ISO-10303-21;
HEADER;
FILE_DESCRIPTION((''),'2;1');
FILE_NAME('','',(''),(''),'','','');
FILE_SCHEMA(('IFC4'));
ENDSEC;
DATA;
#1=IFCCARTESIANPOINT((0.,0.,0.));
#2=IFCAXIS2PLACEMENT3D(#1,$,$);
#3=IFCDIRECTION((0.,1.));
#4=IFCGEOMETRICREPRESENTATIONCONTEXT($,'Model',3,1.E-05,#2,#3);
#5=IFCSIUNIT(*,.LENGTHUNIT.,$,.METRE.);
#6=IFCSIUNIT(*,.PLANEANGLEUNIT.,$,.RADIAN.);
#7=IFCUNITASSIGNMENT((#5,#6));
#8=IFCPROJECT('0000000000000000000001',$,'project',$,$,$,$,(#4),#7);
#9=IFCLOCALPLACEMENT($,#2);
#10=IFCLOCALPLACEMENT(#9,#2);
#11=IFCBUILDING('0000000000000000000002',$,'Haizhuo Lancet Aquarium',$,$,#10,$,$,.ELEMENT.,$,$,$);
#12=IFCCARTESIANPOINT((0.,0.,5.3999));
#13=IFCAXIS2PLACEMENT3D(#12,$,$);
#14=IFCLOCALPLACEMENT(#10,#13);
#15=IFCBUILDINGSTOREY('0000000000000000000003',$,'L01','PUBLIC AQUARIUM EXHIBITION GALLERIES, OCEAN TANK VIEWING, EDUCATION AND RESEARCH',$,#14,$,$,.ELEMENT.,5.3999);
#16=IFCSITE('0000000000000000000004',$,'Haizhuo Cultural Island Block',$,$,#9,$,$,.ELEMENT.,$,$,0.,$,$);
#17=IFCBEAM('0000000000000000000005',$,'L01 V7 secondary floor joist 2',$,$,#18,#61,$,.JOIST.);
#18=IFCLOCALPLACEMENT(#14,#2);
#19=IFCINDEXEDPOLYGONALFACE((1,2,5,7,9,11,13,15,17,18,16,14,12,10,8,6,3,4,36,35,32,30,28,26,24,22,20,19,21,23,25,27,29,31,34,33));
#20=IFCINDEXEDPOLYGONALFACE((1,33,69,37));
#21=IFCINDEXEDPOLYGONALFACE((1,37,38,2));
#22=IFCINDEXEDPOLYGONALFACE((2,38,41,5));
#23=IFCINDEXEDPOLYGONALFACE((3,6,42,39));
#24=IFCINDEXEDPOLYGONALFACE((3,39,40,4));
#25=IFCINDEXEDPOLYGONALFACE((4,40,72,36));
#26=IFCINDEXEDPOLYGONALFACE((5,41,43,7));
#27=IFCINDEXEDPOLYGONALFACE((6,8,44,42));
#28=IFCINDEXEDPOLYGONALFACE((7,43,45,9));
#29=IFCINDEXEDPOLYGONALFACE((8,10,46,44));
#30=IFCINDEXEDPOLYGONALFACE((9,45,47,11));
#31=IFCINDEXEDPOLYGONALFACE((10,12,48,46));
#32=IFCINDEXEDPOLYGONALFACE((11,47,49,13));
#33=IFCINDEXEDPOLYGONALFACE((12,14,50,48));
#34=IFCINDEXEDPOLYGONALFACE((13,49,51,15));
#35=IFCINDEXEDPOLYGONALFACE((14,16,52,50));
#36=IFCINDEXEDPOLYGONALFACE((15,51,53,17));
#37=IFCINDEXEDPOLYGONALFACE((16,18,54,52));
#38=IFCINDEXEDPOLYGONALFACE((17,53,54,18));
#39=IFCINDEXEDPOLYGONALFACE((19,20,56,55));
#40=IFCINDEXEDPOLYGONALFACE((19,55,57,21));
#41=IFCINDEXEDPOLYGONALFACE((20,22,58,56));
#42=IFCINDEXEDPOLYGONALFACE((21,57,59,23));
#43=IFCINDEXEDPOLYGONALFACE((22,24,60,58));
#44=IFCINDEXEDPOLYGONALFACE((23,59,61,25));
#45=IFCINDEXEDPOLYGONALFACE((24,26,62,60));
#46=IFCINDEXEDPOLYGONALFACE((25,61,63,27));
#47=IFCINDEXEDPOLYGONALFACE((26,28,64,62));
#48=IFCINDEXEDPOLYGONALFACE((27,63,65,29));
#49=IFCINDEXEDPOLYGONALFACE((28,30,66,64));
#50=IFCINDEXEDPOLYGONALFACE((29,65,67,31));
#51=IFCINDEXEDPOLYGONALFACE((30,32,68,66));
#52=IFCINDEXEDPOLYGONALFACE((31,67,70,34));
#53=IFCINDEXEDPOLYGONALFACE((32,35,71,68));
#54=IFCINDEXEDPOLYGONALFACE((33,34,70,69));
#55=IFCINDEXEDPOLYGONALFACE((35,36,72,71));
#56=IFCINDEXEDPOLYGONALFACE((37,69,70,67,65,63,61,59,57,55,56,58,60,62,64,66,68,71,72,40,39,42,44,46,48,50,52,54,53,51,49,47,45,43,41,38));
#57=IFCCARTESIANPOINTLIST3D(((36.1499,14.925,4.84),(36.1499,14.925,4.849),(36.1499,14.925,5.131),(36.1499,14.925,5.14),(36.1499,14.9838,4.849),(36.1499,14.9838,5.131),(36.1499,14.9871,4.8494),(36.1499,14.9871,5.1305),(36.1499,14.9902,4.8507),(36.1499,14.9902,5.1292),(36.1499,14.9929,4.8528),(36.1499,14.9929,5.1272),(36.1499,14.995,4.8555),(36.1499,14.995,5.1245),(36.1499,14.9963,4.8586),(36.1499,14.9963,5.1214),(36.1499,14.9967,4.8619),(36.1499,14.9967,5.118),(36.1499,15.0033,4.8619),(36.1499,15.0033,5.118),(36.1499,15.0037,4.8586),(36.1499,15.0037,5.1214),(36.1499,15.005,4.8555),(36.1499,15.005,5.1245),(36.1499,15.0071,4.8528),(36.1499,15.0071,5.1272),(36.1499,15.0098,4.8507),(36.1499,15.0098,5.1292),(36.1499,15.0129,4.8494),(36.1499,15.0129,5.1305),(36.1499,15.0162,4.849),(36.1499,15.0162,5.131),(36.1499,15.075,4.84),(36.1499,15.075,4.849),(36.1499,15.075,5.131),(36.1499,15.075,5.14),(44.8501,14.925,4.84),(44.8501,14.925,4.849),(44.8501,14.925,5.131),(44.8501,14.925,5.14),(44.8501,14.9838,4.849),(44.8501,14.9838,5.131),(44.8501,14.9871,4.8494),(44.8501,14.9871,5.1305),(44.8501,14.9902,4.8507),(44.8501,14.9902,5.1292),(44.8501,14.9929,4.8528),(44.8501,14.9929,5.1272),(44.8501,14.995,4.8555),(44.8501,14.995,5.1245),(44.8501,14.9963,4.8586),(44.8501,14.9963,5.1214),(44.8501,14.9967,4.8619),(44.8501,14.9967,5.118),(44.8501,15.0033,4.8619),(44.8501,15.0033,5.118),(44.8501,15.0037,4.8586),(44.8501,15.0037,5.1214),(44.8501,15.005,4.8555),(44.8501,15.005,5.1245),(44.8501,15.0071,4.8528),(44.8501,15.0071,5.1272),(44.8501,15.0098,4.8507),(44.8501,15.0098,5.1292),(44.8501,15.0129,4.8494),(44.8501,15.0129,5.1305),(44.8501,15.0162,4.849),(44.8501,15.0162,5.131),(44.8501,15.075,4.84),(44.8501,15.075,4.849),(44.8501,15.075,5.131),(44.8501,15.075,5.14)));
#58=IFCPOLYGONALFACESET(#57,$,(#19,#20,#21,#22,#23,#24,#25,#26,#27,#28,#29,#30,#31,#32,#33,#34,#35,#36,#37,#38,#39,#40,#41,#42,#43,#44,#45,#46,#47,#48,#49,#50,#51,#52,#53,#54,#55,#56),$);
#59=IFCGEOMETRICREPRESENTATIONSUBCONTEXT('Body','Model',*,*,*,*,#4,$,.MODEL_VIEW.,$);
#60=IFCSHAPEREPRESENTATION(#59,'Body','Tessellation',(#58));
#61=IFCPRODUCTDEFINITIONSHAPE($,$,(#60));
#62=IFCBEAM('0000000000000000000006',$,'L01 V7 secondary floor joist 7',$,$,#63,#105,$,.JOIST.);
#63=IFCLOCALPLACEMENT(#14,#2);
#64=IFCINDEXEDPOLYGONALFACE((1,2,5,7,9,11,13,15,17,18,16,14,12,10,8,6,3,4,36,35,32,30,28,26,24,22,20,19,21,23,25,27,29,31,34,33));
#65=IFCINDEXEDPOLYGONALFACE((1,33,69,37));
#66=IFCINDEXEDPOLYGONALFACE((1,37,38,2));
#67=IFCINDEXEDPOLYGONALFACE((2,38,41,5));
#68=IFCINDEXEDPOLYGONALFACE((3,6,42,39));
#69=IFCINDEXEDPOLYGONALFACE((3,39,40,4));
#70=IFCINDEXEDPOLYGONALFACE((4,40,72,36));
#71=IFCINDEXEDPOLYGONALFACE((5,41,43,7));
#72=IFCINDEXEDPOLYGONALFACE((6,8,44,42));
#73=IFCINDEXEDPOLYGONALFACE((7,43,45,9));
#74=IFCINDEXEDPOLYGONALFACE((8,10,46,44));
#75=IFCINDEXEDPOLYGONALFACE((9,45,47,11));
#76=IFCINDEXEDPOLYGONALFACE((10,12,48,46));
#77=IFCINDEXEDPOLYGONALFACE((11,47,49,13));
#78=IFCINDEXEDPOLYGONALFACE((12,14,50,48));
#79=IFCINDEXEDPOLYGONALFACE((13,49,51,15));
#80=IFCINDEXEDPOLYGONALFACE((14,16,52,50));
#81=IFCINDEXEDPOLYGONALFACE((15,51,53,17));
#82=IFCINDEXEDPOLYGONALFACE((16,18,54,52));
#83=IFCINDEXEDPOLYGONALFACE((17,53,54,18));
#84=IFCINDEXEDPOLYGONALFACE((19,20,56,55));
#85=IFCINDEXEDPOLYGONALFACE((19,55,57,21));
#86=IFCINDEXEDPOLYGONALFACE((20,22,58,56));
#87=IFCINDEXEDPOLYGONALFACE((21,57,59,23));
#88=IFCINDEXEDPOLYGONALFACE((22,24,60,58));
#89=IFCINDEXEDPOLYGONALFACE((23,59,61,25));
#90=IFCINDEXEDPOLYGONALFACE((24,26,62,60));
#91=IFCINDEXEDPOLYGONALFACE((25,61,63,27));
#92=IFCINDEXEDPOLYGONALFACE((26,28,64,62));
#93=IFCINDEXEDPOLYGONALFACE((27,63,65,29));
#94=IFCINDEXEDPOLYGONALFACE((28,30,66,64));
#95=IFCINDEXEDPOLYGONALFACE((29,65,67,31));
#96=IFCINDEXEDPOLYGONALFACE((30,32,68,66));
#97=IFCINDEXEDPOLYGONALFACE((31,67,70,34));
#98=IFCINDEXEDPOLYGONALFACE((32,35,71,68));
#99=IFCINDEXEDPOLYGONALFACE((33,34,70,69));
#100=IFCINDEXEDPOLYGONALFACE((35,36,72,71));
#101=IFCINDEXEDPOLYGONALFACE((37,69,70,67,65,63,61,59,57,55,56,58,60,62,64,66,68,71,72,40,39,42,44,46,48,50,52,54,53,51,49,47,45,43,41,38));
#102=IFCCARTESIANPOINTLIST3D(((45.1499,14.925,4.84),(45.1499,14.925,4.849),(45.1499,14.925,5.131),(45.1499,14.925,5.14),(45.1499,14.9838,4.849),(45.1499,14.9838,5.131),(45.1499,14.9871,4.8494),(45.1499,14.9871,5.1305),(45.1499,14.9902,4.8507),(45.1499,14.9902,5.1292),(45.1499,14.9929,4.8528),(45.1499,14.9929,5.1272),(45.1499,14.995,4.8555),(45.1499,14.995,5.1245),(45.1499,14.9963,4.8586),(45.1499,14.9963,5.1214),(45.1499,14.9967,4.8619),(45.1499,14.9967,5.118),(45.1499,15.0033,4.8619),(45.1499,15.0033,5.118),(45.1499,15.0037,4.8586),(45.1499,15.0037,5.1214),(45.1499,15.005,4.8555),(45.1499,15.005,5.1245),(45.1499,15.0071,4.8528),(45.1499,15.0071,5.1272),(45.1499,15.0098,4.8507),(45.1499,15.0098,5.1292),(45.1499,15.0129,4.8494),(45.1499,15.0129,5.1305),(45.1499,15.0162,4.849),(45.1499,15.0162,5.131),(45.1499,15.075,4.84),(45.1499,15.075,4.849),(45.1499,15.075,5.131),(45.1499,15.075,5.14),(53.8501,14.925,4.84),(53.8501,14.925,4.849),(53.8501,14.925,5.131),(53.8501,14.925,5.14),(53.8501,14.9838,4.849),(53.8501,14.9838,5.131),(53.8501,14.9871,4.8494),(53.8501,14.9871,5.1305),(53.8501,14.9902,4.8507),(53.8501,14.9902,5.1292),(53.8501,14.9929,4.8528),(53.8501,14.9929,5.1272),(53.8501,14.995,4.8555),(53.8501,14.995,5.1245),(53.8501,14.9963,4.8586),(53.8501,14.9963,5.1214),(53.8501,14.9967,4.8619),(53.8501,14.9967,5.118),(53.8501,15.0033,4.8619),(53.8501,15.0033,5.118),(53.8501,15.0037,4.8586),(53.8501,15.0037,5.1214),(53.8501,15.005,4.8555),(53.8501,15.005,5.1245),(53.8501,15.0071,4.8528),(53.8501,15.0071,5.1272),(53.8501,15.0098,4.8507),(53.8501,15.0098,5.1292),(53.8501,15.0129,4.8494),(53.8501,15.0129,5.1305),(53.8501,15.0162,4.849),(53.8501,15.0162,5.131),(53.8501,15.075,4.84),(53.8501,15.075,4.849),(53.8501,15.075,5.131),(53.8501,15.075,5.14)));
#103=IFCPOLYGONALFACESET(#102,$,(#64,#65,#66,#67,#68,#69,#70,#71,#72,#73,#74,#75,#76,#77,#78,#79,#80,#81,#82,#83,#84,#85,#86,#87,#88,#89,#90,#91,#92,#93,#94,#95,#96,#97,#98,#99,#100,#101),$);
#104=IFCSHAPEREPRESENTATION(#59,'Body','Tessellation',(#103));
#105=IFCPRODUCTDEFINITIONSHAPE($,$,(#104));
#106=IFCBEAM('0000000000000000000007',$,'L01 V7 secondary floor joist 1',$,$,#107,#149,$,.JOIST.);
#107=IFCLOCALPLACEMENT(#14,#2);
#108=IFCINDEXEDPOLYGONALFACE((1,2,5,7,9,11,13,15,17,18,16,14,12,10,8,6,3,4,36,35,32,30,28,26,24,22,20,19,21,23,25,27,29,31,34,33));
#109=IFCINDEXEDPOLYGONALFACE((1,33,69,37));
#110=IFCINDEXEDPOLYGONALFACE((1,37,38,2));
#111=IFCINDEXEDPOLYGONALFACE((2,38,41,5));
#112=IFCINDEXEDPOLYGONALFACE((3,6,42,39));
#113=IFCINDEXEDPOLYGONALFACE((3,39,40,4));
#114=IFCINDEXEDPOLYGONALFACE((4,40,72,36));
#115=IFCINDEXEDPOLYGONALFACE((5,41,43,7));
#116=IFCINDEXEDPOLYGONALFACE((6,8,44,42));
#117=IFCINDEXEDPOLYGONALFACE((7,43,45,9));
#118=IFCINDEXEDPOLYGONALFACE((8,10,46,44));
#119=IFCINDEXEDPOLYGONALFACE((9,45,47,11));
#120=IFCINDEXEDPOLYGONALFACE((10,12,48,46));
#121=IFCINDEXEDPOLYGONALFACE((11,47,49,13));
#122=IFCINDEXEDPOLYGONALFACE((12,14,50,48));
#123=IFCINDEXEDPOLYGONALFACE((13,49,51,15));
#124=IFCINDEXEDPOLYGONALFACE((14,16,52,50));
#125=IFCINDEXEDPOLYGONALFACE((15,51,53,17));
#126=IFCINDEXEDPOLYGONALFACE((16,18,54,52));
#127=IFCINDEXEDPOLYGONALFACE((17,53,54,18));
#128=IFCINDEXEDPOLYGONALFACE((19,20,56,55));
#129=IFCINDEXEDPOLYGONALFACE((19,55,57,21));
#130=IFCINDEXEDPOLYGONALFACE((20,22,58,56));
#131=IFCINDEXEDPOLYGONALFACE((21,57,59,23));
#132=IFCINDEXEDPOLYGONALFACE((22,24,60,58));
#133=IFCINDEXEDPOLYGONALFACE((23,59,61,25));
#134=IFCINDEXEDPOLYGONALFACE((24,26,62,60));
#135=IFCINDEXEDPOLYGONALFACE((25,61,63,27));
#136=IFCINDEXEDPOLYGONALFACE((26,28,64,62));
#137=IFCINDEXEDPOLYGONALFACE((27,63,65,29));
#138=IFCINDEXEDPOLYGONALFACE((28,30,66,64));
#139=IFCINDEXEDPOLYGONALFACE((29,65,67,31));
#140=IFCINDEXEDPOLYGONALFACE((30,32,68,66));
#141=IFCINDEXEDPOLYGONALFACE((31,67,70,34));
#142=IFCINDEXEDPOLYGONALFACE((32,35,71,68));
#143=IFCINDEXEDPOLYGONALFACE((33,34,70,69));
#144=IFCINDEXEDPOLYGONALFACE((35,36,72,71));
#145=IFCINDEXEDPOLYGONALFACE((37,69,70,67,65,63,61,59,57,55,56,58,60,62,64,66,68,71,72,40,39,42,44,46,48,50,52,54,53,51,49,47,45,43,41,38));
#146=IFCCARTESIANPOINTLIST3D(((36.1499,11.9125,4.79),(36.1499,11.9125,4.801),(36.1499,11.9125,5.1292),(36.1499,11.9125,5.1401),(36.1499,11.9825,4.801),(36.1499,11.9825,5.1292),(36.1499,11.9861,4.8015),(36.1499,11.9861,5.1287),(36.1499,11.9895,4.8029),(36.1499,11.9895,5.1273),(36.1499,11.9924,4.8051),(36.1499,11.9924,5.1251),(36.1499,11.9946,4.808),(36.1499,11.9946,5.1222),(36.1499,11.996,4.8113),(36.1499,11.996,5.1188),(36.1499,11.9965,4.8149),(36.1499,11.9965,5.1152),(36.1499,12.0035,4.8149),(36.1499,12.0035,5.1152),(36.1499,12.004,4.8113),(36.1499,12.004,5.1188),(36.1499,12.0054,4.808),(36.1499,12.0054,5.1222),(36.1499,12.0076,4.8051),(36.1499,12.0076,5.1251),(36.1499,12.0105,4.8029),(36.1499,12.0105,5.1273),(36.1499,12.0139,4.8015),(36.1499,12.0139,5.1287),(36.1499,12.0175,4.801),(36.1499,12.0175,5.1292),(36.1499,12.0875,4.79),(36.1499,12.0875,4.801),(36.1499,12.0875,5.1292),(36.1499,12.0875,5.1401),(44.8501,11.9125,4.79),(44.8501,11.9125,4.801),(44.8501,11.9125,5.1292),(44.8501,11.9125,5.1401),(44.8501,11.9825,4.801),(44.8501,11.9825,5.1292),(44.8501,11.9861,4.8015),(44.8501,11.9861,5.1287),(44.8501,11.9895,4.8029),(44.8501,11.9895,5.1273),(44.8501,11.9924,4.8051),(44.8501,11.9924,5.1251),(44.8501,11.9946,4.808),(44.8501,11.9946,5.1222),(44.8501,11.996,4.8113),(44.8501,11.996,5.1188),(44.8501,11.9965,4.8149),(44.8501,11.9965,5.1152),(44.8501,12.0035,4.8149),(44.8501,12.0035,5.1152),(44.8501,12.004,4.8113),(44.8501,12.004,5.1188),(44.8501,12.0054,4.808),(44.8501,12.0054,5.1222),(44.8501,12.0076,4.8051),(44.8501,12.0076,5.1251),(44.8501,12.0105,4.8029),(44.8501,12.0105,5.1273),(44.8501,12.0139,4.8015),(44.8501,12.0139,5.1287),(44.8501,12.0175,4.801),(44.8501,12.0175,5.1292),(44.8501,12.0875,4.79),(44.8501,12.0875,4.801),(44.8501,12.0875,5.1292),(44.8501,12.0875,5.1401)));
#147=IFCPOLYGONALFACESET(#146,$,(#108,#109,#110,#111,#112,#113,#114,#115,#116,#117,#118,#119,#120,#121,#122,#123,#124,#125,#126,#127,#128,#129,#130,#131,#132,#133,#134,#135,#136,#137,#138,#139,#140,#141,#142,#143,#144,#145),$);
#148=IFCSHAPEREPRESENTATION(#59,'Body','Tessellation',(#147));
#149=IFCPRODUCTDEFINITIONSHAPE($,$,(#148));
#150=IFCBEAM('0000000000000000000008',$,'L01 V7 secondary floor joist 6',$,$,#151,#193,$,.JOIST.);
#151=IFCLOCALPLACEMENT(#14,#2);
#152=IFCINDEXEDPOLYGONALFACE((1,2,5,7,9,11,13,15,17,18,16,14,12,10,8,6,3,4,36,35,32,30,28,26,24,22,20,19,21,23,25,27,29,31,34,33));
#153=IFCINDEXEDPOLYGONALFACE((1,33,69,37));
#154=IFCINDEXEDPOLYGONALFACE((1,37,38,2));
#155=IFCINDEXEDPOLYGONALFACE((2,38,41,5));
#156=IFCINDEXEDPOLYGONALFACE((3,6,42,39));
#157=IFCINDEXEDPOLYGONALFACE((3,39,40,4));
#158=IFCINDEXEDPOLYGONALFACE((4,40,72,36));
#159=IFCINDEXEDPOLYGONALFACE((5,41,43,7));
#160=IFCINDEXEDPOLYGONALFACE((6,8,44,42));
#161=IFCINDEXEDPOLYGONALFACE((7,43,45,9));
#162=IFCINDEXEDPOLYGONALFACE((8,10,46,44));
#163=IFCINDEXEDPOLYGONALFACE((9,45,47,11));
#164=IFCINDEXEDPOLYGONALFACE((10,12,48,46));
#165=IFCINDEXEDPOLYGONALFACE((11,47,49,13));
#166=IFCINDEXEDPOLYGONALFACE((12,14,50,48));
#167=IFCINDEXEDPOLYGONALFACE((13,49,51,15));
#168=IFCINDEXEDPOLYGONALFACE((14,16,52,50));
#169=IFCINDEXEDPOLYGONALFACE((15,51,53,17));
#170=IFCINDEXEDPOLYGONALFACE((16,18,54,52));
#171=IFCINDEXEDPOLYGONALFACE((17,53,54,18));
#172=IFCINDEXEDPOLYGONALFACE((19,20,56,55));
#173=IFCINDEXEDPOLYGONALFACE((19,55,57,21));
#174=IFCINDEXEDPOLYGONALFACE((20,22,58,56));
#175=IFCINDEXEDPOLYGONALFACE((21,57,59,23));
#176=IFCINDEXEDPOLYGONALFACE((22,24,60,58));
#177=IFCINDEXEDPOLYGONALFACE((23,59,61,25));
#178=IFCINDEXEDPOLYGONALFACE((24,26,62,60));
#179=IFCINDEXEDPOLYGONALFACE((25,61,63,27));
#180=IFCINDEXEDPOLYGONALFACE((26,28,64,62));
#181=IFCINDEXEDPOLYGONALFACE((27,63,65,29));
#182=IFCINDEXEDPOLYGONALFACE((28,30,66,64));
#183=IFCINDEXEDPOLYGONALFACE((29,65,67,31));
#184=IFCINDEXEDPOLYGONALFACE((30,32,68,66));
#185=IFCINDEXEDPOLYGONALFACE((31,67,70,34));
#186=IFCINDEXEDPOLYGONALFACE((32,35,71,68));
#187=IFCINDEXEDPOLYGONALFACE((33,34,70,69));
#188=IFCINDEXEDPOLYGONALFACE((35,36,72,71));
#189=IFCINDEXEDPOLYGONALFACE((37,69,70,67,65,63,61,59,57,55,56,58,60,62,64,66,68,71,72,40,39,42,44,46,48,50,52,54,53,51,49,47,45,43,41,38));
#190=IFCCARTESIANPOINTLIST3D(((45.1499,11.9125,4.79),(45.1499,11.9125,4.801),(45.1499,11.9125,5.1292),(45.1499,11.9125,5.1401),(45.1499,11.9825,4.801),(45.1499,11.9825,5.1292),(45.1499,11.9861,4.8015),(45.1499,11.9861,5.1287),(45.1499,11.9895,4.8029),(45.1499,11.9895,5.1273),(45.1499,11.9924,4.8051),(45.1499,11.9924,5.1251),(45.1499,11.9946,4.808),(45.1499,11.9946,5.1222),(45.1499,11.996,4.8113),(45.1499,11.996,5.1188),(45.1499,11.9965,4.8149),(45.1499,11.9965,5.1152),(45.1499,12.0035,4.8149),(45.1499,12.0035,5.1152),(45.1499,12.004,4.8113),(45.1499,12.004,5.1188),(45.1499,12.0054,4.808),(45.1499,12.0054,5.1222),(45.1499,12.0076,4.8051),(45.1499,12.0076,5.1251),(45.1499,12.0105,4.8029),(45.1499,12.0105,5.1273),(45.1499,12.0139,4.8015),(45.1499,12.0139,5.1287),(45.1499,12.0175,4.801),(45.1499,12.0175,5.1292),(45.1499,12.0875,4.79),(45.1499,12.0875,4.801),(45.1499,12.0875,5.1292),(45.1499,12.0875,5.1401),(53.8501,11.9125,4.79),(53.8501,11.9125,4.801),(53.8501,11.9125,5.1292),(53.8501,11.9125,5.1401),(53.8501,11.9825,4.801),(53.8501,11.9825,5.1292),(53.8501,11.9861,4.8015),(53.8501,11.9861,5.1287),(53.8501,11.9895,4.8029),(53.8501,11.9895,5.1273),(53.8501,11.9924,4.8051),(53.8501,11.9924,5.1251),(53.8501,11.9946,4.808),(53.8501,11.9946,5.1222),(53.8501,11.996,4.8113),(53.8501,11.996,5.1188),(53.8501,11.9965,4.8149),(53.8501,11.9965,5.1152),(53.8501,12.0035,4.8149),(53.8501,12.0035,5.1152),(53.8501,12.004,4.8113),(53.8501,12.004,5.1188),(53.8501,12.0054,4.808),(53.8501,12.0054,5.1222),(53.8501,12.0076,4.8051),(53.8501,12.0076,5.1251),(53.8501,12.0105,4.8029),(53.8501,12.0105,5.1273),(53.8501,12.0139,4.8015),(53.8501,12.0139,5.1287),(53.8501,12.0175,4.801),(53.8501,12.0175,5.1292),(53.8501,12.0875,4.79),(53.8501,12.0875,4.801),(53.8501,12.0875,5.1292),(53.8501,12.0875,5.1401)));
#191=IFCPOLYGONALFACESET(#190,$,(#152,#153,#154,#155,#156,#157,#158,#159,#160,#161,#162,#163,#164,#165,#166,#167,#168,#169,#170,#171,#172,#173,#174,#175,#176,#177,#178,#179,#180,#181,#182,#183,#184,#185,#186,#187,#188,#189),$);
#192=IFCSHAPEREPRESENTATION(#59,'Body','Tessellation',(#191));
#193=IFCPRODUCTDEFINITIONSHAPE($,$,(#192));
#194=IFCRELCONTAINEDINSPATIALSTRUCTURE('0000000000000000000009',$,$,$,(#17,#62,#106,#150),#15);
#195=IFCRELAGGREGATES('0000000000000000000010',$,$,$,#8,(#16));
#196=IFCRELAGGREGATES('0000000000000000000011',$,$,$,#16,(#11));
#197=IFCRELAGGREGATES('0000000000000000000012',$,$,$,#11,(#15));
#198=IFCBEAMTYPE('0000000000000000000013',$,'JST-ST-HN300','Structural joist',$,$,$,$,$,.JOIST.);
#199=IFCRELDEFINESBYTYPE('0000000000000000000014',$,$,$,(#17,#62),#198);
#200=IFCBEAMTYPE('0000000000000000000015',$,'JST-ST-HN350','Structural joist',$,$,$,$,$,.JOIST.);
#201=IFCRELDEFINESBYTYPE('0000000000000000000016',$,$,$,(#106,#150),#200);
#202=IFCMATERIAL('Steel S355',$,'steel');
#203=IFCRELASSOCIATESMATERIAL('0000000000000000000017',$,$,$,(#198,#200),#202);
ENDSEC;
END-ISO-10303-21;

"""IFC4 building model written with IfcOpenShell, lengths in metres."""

from ifc_helpers import new_model, si_unit, direction, frame, origin, origin_2d, place, context, subcontext, project, spatial, i_section, extrude, material, material_profile, profile_set, type_object, element, save


model = new_model("IFC4")

# Units and contexts
model_context = context("Model", 3, precision=1e-05, world=origin(), true_north=direction((0.0, 1.0)))
body_context = subcontext(model_context, "Body", "Model", "MODEL_VIEW")
ifc_project = project(units=[si_unit("LENGTHUNIT", "METRE"), si_unit("PLANEANGLEUNIT", "RADIAN")], contexts=[model_context])

# Site, building, storey
site_placement = place(None, origin())
site = spatial("IfcSite", under=ifc_project, at=site_placement, Name="Haizhuo Cultural Island Block", CompositionType="ELEMENT", RefElevation=0.0)
building_placement = place(site_placement, origin())
building = spatial("IfcBuilding", under=site, at=building_placement, Name="Haizhuo Lancet Aquarium", CompositionType="ELEMENT")
storey_placement = place(building_placement, frame((0.0, 0.0, 5.3999)))
storey = spatial("IfcBuildingStorey", under=building, at=storey_placement, Name="L01", Description="PUBLIC AQUARIUM EXHIBITION GALLERIES, OCEAN TANK VIEWING, EDUCATION AND RESEARCH", CompositionType="ELEMENT", Elevation=5.3999)

# Shared definitions
ifc_material_1 = material(Name="Steel S355", Category="steel")

# Beams
ifc_material_profile_1 = material_profile(ifc_material_1, i_section(OverallWidth=0.1499, OverallDepth=0.3, WebThickness=0.0066, FlangeThickness=0.009, FilletRadius=0.0129, at=origin_2d()), Name="HN 300x150x6.5x9")
ifc_profile_set_1 = profile_set([ifc_material_profile_1], Name="Steel S355")
beam_type_1 = type_object("IfcBeamType", Name="JST-ST-HN300", Description="Structural joist", PredefinedType="JOIST", material=ifc_profile_set_1)
for number, where, z_axis, x_axis, name in (
    (1, (36.1499, 15.0, 4.99), (1.0, 0.0, 0.0), (0.0, 1.0, 0.0), "L01 V7 secondary floor joist 2"),
    (2, (45.1499, 15.0, 4.99), (1.0, 0.0, 0.0), (0.0, 1.0, 0.0), "L01 V7 secondary floor joist 7"),
):
    element("IfcBeam", number, at=place(storey_placement, frame(where, z_axis=z_axis, x_axis=x_axis)), inside=storey, type_object=beam_type_1, Name=name, PredefinedType="JOIST", context=body_context, shape_type="SweptSolid", body=[
        extrude(i_section(OverallWidth=0.1499, OverallDepth=0.3, WebThickness=0.0066, FlangeThickness=0.009, FilletRadius=0.0129, at=origin_2d()), origin(), (0.0, 0.0, 1.0), 8.7002),
    ])
ifc_material_profile_2 = material_profile(ifc_material_1, i_section(OverallWidth=0.175, OverallDepth=0.3501, WebThickness=0.0071, FlangeThickness=0.011, FilletRadius=0.0139, at=origin_2d()), Name="HN 350x175x7x11")
ifc_profile_set_2 = profile_set([ifc_material_profile_2], Name="Steel S355")
beam_type_2 = type_object("IfcBeamType", Name="JST-ST-HN350", Description="Structural joist", PredefinedType="JOIST", material=ifc_profile_set_2)
for number, where, z_axis, x_axis, name in (
    (3, (36.1499, 12.0, 4.9651), (1.0, 0.0, 0.0), (0.0, 1.0, 0.0), "L01 V7 secondary floor joist 1"),
    (4, (45.1499, 12.0, 4.9651), (1.0, 0.0, 0.0), (0.0, 1.0, 0.0), "L01 V7 secondary floor joist 6"),
):
    element("IfcBeam", number, at=place(storey_placement, frame(where, z_axis=z_axis, x_axis=x_axis)), inside=storey, type_object=beam_type_2, Name=name, PredefinedType="JOIST", context=body_context, shape_type="SweptSolid", body=[
        extrude(i_section(OverallWidth=0.175, OverallDepth=0.3501, WebThickness=0.0071, FlangeThickness=0.011, FilletRadius=0.0139, at=origin_2d()), origin(), (0.0, 0.0, 1.0), 8.7002),
    ])

save(model, "model.ifc")
